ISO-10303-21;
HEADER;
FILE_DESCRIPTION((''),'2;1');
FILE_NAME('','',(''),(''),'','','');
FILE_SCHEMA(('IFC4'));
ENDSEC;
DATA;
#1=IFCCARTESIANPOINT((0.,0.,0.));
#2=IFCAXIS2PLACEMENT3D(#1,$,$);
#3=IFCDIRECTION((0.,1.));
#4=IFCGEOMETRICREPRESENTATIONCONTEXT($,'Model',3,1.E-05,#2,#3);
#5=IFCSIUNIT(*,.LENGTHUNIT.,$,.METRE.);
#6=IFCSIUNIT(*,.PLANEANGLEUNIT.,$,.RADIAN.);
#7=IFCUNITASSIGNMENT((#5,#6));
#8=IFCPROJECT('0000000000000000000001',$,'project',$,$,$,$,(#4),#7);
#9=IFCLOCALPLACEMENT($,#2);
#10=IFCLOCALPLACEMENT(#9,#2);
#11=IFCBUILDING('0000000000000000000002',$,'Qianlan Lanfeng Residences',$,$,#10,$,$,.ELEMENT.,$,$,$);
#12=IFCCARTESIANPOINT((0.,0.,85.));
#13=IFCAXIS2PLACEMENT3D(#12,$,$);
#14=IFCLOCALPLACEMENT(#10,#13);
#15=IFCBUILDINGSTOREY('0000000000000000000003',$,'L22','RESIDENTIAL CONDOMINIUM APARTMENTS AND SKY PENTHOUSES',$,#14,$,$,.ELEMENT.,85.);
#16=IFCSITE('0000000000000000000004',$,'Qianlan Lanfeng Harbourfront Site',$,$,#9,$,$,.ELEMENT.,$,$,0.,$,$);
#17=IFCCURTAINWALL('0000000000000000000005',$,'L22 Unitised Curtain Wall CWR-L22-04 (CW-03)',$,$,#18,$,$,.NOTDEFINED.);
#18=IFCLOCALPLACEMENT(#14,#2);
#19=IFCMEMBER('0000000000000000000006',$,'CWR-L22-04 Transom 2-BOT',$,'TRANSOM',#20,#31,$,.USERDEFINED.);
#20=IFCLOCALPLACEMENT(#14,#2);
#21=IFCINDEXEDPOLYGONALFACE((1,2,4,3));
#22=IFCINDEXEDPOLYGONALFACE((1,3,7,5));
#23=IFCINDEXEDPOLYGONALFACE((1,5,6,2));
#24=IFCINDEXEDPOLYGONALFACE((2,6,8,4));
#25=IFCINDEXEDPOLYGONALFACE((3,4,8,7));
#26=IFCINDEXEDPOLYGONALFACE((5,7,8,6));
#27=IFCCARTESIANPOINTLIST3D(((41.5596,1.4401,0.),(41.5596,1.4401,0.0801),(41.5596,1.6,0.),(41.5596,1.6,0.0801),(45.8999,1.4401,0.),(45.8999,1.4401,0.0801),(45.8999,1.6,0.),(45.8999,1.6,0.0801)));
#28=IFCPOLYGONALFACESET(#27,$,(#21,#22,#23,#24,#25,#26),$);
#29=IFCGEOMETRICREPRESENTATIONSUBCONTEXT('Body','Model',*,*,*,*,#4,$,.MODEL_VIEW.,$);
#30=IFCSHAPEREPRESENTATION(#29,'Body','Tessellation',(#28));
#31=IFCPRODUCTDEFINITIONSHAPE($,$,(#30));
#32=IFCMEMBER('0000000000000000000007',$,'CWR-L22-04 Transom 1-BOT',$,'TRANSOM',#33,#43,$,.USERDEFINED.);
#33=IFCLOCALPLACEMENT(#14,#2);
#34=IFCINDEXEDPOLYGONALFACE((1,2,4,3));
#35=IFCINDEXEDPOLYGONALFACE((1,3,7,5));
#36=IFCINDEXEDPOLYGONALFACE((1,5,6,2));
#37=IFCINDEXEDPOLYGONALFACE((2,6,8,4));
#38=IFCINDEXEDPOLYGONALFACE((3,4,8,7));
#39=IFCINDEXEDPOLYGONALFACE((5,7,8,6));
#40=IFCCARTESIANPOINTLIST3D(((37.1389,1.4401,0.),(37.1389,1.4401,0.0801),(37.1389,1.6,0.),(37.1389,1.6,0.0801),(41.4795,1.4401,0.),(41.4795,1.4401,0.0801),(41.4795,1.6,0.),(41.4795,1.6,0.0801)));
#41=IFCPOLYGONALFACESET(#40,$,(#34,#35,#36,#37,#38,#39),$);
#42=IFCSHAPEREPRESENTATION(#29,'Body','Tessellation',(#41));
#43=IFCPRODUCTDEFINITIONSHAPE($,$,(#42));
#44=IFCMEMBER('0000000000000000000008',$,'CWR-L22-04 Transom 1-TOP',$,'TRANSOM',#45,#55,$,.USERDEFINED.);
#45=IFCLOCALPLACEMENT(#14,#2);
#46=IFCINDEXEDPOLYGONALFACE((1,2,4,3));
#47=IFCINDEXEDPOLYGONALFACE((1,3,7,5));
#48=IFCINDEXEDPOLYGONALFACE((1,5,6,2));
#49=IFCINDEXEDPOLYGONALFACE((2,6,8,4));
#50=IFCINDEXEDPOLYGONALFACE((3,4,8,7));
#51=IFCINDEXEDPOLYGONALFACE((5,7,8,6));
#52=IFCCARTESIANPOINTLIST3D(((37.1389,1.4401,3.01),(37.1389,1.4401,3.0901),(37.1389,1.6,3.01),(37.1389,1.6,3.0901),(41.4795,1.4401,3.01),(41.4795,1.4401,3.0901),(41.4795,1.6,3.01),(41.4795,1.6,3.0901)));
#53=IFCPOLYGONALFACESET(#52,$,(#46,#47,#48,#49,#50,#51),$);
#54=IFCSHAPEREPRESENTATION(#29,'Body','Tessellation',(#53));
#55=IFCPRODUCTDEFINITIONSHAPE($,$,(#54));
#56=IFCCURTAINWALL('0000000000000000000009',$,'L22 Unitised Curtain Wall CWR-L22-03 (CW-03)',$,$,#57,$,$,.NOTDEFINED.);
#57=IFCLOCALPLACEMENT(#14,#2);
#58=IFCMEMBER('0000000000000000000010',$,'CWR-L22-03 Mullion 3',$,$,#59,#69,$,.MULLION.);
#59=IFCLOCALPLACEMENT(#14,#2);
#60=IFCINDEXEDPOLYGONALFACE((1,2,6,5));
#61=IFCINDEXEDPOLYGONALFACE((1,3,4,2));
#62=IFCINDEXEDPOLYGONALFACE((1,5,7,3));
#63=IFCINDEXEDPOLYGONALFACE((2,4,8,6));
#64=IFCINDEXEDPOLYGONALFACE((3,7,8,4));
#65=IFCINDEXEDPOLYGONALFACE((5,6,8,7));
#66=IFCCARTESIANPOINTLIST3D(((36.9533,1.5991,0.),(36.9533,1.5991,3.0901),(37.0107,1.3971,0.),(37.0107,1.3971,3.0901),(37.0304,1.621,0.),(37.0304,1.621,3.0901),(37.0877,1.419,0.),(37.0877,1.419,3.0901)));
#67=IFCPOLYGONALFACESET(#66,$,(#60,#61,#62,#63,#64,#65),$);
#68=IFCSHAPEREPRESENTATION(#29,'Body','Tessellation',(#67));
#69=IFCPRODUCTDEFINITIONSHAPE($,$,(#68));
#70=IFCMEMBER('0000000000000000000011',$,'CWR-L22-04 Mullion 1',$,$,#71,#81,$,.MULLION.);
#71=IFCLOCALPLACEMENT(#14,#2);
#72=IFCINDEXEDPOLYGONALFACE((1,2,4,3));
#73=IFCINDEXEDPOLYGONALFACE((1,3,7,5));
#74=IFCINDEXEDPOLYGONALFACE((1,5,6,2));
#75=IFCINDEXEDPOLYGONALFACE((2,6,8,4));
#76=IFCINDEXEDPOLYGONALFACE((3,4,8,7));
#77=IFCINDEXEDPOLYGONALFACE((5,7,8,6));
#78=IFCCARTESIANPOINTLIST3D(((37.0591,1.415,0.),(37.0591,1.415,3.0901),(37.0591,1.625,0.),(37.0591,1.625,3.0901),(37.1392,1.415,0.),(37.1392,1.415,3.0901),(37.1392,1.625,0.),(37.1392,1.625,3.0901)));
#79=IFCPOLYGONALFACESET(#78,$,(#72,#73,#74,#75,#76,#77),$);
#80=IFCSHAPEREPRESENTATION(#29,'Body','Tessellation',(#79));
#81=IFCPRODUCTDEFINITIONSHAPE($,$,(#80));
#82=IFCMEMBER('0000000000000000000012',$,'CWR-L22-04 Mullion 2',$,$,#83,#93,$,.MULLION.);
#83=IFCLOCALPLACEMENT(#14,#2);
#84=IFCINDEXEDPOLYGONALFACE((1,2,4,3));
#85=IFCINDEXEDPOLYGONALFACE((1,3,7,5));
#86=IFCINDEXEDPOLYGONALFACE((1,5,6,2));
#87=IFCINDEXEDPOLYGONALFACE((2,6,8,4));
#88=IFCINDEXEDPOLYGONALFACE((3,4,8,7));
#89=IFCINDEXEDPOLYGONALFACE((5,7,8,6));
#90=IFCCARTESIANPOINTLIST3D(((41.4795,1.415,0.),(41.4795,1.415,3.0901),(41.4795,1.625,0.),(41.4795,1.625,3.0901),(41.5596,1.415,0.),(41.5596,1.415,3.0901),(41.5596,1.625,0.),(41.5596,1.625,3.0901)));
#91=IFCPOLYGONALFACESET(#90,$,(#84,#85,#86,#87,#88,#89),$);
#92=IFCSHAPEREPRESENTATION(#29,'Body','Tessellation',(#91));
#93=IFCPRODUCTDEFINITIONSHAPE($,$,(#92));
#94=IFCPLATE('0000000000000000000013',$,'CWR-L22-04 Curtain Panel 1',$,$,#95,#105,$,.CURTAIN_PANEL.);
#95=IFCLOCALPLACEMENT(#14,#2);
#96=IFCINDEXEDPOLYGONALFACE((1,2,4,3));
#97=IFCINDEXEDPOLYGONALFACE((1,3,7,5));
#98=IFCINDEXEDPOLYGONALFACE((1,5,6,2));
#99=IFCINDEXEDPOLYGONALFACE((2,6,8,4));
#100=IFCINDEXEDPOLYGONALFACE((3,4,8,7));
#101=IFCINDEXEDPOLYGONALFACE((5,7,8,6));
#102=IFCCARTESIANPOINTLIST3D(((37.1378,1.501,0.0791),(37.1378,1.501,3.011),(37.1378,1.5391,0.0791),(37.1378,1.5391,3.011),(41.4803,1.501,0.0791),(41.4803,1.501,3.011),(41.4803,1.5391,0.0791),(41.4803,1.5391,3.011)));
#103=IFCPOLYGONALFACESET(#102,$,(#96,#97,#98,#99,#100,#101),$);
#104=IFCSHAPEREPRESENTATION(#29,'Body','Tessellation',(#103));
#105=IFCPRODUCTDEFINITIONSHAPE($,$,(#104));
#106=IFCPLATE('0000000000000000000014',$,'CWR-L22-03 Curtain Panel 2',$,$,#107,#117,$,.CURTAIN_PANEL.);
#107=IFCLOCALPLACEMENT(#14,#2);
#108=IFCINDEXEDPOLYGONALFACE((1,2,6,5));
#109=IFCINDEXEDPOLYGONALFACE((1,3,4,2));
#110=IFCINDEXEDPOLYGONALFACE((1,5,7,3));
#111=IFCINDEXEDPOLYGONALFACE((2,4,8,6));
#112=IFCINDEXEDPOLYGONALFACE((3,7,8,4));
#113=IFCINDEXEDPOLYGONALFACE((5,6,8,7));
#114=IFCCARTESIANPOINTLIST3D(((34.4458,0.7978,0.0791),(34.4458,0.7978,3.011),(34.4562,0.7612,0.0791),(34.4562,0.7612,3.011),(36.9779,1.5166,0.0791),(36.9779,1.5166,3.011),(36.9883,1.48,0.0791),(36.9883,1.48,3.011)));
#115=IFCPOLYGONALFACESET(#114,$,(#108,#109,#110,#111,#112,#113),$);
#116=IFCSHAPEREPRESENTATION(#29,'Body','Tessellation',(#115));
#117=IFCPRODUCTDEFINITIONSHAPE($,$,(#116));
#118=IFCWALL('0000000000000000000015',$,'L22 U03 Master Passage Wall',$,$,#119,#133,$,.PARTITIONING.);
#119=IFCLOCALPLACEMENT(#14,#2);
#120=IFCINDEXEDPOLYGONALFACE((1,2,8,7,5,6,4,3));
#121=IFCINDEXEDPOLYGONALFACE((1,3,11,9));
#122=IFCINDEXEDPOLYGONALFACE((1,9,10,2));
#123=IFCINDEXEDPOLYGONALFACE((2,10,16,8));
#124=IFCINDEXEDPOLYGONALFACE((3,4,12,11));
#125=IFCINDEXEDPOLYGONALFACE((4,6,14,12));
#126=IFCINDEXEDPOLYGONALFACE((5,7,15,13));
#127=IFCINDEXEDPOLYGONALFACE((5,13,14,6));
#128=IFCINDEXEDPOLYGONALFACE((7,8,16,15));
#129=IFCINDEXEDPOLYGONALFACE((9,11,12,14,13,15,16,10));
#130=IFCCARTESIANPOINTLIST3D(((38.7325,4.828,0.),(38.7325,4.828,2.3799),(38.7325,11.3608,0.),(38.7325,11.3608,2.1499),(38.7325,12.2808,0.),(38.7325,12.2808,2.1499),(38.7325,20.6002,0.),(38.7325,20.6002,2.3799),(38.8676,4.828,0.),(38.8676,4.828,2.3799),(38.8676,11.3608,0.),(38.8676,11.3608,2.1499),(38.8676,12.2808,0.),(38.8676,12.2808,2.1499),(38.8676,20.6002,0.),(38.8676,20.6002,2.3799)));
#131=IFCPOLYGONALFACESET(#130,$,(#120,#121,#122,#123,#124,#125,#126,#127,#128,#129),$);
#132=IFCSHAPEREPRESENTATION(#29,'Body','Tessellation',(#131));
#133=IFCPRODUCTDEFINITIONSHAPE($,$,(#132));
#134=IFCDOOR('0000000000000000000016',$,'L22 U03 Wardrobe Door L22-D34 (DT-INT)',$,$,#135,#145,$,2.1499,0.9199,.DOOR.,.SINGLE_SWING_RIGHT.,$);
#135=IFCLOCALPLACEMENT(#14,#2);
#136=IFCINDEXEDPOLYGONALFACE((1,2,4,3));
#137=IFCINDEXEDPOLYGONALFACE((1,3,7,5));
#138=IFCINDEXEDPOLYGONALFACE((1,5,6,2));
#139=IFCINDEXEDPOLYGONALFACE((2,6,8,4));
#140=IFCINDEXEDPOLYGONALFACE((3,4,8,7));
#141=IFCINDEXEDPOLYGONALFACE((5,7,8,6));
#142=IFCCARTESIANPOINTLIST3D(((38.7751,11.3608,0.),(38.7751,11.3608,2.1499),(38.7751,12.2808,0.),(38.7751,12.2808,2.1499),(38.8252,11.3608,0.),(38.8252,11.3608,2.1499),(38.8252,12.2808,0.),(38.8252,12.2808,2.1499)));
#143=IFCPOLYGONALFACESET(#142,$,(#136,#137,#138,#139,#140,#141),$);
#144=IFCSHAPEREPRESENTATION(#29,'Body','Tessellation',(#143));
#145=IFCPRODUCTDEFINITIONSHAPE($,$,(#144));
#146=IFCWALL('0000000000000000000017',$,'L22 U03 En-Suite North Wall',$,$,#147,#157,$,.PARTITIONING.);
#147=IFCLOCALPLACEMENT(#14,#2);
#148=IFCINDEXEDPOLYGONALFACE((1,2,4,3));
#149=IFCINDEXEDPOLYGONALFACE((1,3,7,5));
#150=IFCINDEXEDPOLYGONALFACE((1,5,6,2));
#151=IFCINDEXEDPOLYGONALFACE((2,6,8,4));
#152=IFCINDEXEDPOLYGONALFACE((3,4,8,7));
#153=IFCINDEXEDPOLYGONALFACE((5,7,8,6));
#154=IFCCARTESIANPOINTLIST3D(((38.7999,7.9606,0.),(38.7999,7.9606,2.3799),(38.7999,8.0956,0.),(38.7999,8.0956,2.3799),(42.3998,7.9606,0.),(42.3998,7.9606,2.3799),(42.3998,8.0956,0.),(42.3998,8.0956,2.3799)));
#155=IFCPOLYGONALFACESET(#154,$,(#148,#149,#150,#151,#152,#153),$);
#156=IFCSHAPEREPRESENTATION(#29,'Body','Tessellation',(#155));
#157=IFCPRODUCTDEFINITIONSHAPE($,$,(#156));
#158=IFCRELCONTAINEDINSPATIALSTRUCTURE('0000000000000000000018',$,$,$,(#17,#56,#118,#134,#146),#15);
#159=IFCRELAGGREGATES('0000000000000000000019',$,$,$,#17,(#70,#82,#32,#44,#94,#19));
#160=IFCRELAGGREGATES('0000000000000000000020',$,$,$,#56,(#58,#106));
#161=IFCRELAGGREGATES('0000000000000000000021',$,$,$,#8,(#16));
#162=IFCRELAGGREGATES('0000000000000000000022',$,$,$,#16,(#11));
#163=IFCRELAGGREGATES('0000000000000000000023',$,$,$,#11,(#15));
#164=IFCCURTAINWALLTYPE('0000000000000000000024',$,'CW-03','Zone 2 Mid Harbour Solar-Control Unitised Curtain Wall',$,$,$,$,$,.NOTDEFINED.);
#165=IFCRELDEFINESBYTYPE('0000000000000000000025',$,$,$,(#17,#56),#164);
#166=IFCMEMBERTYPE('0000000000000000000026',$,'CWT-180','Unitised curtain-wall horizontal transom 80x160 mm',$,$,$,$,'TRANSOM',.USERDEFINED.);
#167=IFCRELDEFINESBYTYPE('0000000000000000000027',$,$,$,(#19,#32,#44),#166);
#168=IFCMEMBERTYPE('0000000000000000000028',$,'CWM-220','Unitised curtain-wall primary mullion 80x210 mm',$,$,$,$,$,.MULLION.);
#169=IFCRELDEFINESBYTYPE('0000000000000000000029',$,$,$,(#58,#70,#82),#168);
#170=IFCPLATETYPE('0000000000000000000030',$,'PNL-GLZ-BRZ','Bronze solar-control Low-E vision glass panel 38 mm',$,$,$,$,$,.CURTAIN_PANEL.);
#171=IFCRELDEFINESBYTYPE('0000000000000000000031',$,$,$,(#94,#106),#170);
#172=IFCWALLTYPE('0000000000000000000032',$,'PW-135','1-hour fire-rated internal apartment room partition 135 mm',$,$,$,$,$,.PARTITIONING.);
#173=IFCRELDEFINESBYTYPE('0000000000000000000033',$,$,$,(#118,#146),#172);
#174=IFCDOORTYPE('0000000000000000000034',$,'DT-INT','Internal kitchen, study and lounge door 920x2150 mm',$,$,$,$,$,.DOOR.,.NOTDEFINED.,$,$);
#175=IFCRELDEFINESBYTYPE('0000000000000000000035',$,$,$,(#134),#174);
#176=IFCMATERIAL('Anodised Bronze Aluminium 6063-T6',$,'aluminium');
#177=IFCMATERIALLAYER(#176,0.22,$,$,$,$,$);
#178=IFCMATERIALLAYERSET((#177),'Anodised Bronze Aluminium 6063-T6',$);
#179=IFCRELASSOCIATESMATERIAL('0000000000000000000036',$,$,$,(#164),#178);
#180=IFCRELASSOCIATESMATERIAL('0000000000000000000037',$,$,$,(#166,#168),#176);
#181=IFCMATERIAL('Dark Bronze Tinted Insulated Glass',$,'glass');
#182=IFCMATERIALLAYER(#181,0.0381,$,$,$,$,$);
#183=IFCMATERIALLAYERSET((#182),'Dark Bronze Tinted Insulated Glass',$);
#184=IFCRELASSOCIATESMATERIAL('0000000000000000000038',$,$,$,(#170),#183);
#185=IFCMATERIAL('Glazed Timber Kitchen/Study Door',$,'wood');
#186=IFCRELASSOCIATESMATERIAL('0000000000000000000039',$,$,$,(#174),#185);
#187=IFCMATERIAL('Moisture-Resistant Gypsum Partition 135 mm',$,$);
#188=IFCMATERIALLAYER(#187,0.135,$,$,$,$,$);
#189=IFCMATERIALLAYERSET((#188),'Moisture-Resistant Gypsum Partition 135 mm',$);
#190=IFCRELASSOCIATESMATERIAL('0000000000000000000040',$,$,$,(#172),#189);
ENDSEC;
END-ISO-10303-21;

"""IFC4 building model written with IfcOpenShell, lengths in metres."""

from ifc_helpers import new_model, si_unit, direction, frame, frame_2d, origin, origin_2d, place, context, subcontext, project, spatial, rectangle, extrude, source, transform, mapped, material, layer, layer_set, material_profile, profile_set, type_object, element, fill, aggregate, save


model = new_model("IFC4")

# Units and contexts
model_context = context("Model", 3, precision=1e-05, world=origin(), true_north=direction((0.0, 1.0)))
body_context = subcontext(model_context, "Body", "Model", "MODEL_VIEW")
ifc_project = project(units=[si_unit("LENGTHUNIT", "METRE"), si_unit("PLANEANGLEUNIT", "RADIAN")], contexts=[model_context])

# Site, building, storey
site_placement = place(None, origin())
site = spatial("IfcSite", under=ifc_project, at=site_placement, Name="Qianlan Lanfeng Harbourfront Site", CompositionType="ELEMENT", RefElevation=0.0)
building_placement = place(site_placement, origin())
building = spatial("IfcBuilding", under=site, at=building_placement, Name="Qianlan Lanfeng Residences", CompositionType="ELEMENT")
storey_placement = place(building_placement, frame((0.0, 0.0, 85.0)))
storey = spatial("IfcBuildingStorey", under=building, at=storey_placement, Name="L22", Description="RESIDENTIAL CONDOMINIUM APARTMENTS AND SKY PENTHOUSES", CompositionType="ELEMENT", Elevation=85.0)

# Curtain wall, members
ifc_material_1 = material(Name="Anodised Bronze Aluminium 6063-T6", Category="aluminium")
ifc_layer_1 = layer(ifc_material_1, 0.22)
ifc_layer_set_1 = layer_set([ifc_layer_1], Name="Anodised Bronze Aluminium 6063-T6")
curtain_wall_type = type_object("IfcCurtainWallType", Name="CW-03", Description="Zone 2 Mid Harbour Solar-Control Unitised Curtain Wall", PredefinedType="NOTDEFINED", material=ifc_layer_set_1)
curtain_wall_1_placement = place(storey_placement, origin())
curtain_wall_1 = element("IfcCurtainWall", 1, at=curtain_wall_1_placement, inside=storey, type_object=curtain_wall_type, Name="L22 Unitised Curtain Wall CWR-L22-04 (CW-03)", PredefinedType="NOTDEFINED")
ifc_material_profile_1 = material_profile(ifc_material_1, rectangle(XDim=0.0801, YDim=0.1599, at=origin_2d()), Name="ALU TRANSOM 80x160")
ifc_profile_set_1 = profile_set([ifc_material_profile_1], Name="Anodised Bronze Aluminium 6063-T6")
member_type_1 = type_object("IfcMemberType", Name="CWT-180", Description="Unitised curtain-wall horizontal transom 80x160 mm", ElementType="TRANSOM", PredefinedType="USERDEFINED", material=ifc_profile_set_1)
shared_shape_1 = source(origin(), body_context, "Body", "SweptSolid", [
    extrude(rectangle(XDim=0.0801, YDim=0.1599, at=origin_2d()), origin(), (0.0, 0.0, 1.0), 4.3403),
])
member_1_placement = place(storey_placement, frame((41.5596, 1.52, 0.04), z_axis=(1.0, 0.0, 0.0), x_axis=(0.0, 0.0, 1.0)))
member_1 = element("IfcMember", 2, at=member_1_placement, type_object=member_type_1, Name="CWR-L22-04 Transom 2-BOT", ObjectType="TRANSOM", PredefinedType="USERDEFINED", context=body_context, shape_type="MappedRepresentation", body=[
    mapped(shared_shape_1, transform((0.0, 0.0, 0.0), scale=1.0)),
])
shared_shape_2 = source(origin(), body_context, "Body", "SweptSolid", [
    extrude(rectangle(XDim=0.0801, YDim=0.1599, at=origin_2d()), origin(), (0.0, 0.0, 1.0), 4.3406),
])
member_2_placement = place(storey_placement, frame((37.1389, 1.52, 0.04), z_axis=(1.0, 0.0, 0.0), x_axis=(0.0, 0.0, 1.0)))
member_2 = element("IfcMember", 3, at=member_2_placement, type_object=member_type_1, Name="CWR-L22-04 Transom 1-BOT", ObjectType="TRANSOM", PredefinedType="USERDEFINED", context=body_context, shape_type="MappedRepresentation", body=[
    mapped(shared_shape_2, transform((0.0, 0.0, 0.0), scale=1.0)),
])
member_3_placement = place(storey_placement, frame((37.1389, 1.52, 3.05), z_axis=(1.0, 0.0, 0.0), x_axis=(0.0, 0.0, 1.0)))
member_3 = element("IfcMember", 4, at=member_3_placement, type_object=member_type_1, Name="CWR-L22-04 Transom 1-TOP", ObjectType="TRANSOM", PredefinedType="USERDEFINED", context=body_context, shape_type="MappedRepresentation", body=[
    mapped(shared_shape_2, transform((0.0, 0.0, 0.0), scale=1.0)),
])

# Curtain wall, member
curtain_wall_2_placement = place(storey_placement, origin())
curtain_wall_2 = element("IfcCurtainWall", 5, at=curtain_wall_2_placement, inside=storey, type_object=curtain_wall_type, Name="L22 Unitised Curtain Wall CWR-L22-03 (CW-03)", PredefinedType="NOTDEFINED")
ifc_material_profile_2 = material_profile(ifc_material_1, rectangle(XDim=0.0801, YDim=0.21, at=origin_2d()), Name="ALU MULLION 80x210")
ifc_profile_set_2 = profile_set([ifc_material_profile_2], Name="Anodised Bronze Aluminium 6063-T6")
member_type_2 = type_object("IfcMemberType", Name="CWM-220", Description="Unitised curtain-wall primary mullion 80x210 mm", PredefinedType="MULLION", material=ifc_profile_set_2)
shared_shape_3 = source(origin(), body_context, "Body", "SweptSolid", [
    extrude(rectangle(XDim=0.0801, YDim=0.21, at=origin_2d()), origin(), (0.0, 0.0, 1.0), 3.0901),
])
member_4_placement = place(storey_placement, frame((37.0205, 1.509, 0.0), z_axis=(0.0, 0.0, 1.0), x_axis=(0.961989, 0.273088, 0.0)))
member_4 = element("IfcMember", 6, at=member_4_placement, type_object=member_type_2, Name="CWR-L22-03 Mullion 3", PredefinedType="MULLION", context=body_context, shape_type="MappedRepresentation", body=[
    mapped(shared_shape_3, transform((0.0, 0.0, 0.0), scale=1.0)),
])

# Members
member_5_placement = place(storey_placement, frame((37.0991, 1.52, 0.0), z_axis=(0.0, 0.0, 1.0), x_axis=(1.0, 0.0, 0.0)))
member_5 = element("IfcMember", 7, at=member_5_placement, type_object=member_type_2, Name="CWR-L22-04 Mullion 1", PredefinedType="MULLION", context=body_context, shape_type="MappedRepresentation", body=[
    mapped(shared_shape_3, transform((0.0, 0.0, 0.0), scale=1.0)),
])
member_6_placement = place(storey_placement, frame((41.5195, 1.52, 0.0), z_axis=(0.0, 0.0, 1.0), x_axis=(1.0, 0.0, 0.0)))
member_6 = element("IfcMember", 8, at=member_6_placement, type_object=member_type_2, Name="CWR-L22-04 Mullion 2", PredefinedType="MULLION", context=body_context, shape_type="MappedRepresentation", body=[
    mapped(shared_shape_3, transform((0.0, 0.0, 0.0), scale=1.0)),
])

# Plates
ifc_material_2 = material(Name="Dark Bronze Tinted Insulated Glass", Category="glass")
ifc_layer_2 = layer(ifc_material_2, 0.0381)
ifc_layer_set_2 = layer_set([ifc_layer_2], Name="Dark Bronze Tinted Insulated Glass")
plate_type = type_object("IfcPlateType", Name="PNL-GLZ-BRZ", Description="Bronze solar-control Low-E vision glass panel 38 mm", PredefinedType="CURTAIN_PANEL", material=ifc_layer_set_2)
shared_shape_4 = source(origin(), body_context, "Body", "SweptSolid", [
    extrude(rectangle(XDim=4.3425, YDim=0.0381, at=origin_2d()), origin(), (0.0, 0.0, 1.0), 2.9319),
])
plate_1_placement = place(storey_placement, frame((39.3091, 1.52, 0.0791), z_axis=(0.0, 0.0, 1.0), x_axis=(1.0, 0.0, 0.0)))
plate_1 = element("IfcPlate", 9, at=plate_1_placement, type_object=plate_type, Name="CWR-L22-04 Curtain Panel 1", PredefinedType="CURTAIN_PANEL", context=body_context, shape_type="MappedRepresentation", body=[
    mapped(shared_shape_4, transform((0.0, 0.0, 0.0), scale=1.0)),
])
aggregate(curtain_wall_1, [member_5, member_6, member_2, member_3, plate_1, member_1])
shared_shape_5 = source(origin(), body_context, "Body", "SweptSolid", [
    extrude(rectangle(XDim=2.6321, YDim=0.0381, at=origin_2d()), origin(), (0.0, 0.0, 1.0), 2.9319),
])
plate_2_placement = place(storey_placement, frame((35.717, 1.1389, 0.0791), z_axis=(0.0, 0.0, 1.0), x_axis=(0.961989, 0.273088, 0.0)))
plate_2 = element("IfcPlate", 10, at=plate_2_placement, type_object=plate_type, Name="CWR-L22-03 Curtain Panel 2", PredefinedType="CURTAIN_PANEL", context=body_context, shape_type="MappedRepresentation", body=[
    mapped(shared_shape_5, transform((0.0, 0.0, 0.0), scale=1.0)),
])
aggregate(curtain_wall_2, [member_4, plate_2])

# Wall, opening, door
ifc_material_3 = material(Name="Glazed Timber Kitchen/Study Door", Category="wood")
door_type = type_object("IfcDoorType", Name="DT-INT", Description="Internal kitchen, study and lounge door 920x2150 mm", OperationType="NOTDEFINED", PredefinedType="DOOR", material=ifc_material_3)
ifc_material_4 = material(Name="Moisture-Resistant Gypsum Partition 135 mm")
ifc_layer_3 = layer(ifc_material_4, 0.135)
ifc_layer_set_3 = layer_set([ifc_layer_3], Name="Moisture-Resistant Gypsum Partition 135 mm")
wall_type_1 = type_object("IfcWallType", Name="PW-135", Description="1-hour fire-rated internal apartment room partition 135 mm", PredefinedType="PARTITIONING", material=ifc_layer_set_3)
wall_1_placement = place(storey_placement, frame((38.8, 4.8279, 0.0), z_axis=(0.0, 0.0, 1.0), x_axis=(0.0, 1.0, 0.0)))
wall_1 = element("IfcWall", 11, at=wall_1_placement, inside=storey, type_object=wall_type_1, Name="L22 U03 Master Passage Wall", PredefinedType="PARTITIONING", context=body_context, shape_type="SweptSolid", body=[
    extrude(rectangle(XDim=15.7722, YDim=0.135, at=frame_2d((7.8862, 0.0))), origin(), (0.0, 0.0, 1.0), 2.3799),
])
opening_1_placement = place(wall_1_placement, frame((6.533, 0.0, 0.0)))
opening_1 = element("IfcOpeningElement", 12, at=opening_1_placement, cuts=wall_1, PredefinedType="OPENING", context=body_context, shape_type="SweptSolid", body=[
    extrude(rectangle(XDim=0.9199, YDim=2.1499, at=frame_2d((0.46, 1.075))), frame((0.0, 0.0776, 0.0), z_axis=(0.0, -1.0, 0.0), x_axis=(1.0, 0.0, 0.0)), (0.0, 0.0, 1.0), 0.155),
])
door_1_placement = place(opening_1_placement, origin())
door_1 = element("IfcDoor", 13, at=door_1_placement, inside=storey, type_object=door_type, Name="L22 U03 Wardrobe Door L22-D34 (DT-INT)", OperationType="SINGLE_SWING_RIGHT", OverallHeight=2.1499, OverallWidth=0.9199, PredefinedType="DOOR", context=body_context, shape_type="SweptSolid", body=[
    extrude(rectangle(XDim=0.9199, YDim=2.1499, at=frame_2d((0.46, 1.075))), frame((0.0, 0.0249, 0.0), z_axis=(0.0, -1.0, 0.0), x_axis=(1.0, 0.0, 0.0)), (0.0, 0.0, 1.0), 0.05),
])
fill(opening_1, door_1)

# Wall
wall_2_placement = place(storey_placement, frame((38.8, 8.0281, 0.0), z_axis=(0.0, 0.0, 1.0), x_axis=(1.0, 0.0, 0.0)))
element("IfcWall", 14, at=wall_2_placement, inside=storey, type_object=wall_type_1, Name="L22 U03 En-Suite North Wall", PredefinedType="PARTITIONING", context=body_context, shape_type="SweptSolid", body=[
    extrude(rectangle(XDim=3.5999, YDim=0.135, at=frame_2d((1.7998, 0.0))), origin(), (0.0, 0.0, 1.0), 2.3799),
])

save(model, "model.ifc")
